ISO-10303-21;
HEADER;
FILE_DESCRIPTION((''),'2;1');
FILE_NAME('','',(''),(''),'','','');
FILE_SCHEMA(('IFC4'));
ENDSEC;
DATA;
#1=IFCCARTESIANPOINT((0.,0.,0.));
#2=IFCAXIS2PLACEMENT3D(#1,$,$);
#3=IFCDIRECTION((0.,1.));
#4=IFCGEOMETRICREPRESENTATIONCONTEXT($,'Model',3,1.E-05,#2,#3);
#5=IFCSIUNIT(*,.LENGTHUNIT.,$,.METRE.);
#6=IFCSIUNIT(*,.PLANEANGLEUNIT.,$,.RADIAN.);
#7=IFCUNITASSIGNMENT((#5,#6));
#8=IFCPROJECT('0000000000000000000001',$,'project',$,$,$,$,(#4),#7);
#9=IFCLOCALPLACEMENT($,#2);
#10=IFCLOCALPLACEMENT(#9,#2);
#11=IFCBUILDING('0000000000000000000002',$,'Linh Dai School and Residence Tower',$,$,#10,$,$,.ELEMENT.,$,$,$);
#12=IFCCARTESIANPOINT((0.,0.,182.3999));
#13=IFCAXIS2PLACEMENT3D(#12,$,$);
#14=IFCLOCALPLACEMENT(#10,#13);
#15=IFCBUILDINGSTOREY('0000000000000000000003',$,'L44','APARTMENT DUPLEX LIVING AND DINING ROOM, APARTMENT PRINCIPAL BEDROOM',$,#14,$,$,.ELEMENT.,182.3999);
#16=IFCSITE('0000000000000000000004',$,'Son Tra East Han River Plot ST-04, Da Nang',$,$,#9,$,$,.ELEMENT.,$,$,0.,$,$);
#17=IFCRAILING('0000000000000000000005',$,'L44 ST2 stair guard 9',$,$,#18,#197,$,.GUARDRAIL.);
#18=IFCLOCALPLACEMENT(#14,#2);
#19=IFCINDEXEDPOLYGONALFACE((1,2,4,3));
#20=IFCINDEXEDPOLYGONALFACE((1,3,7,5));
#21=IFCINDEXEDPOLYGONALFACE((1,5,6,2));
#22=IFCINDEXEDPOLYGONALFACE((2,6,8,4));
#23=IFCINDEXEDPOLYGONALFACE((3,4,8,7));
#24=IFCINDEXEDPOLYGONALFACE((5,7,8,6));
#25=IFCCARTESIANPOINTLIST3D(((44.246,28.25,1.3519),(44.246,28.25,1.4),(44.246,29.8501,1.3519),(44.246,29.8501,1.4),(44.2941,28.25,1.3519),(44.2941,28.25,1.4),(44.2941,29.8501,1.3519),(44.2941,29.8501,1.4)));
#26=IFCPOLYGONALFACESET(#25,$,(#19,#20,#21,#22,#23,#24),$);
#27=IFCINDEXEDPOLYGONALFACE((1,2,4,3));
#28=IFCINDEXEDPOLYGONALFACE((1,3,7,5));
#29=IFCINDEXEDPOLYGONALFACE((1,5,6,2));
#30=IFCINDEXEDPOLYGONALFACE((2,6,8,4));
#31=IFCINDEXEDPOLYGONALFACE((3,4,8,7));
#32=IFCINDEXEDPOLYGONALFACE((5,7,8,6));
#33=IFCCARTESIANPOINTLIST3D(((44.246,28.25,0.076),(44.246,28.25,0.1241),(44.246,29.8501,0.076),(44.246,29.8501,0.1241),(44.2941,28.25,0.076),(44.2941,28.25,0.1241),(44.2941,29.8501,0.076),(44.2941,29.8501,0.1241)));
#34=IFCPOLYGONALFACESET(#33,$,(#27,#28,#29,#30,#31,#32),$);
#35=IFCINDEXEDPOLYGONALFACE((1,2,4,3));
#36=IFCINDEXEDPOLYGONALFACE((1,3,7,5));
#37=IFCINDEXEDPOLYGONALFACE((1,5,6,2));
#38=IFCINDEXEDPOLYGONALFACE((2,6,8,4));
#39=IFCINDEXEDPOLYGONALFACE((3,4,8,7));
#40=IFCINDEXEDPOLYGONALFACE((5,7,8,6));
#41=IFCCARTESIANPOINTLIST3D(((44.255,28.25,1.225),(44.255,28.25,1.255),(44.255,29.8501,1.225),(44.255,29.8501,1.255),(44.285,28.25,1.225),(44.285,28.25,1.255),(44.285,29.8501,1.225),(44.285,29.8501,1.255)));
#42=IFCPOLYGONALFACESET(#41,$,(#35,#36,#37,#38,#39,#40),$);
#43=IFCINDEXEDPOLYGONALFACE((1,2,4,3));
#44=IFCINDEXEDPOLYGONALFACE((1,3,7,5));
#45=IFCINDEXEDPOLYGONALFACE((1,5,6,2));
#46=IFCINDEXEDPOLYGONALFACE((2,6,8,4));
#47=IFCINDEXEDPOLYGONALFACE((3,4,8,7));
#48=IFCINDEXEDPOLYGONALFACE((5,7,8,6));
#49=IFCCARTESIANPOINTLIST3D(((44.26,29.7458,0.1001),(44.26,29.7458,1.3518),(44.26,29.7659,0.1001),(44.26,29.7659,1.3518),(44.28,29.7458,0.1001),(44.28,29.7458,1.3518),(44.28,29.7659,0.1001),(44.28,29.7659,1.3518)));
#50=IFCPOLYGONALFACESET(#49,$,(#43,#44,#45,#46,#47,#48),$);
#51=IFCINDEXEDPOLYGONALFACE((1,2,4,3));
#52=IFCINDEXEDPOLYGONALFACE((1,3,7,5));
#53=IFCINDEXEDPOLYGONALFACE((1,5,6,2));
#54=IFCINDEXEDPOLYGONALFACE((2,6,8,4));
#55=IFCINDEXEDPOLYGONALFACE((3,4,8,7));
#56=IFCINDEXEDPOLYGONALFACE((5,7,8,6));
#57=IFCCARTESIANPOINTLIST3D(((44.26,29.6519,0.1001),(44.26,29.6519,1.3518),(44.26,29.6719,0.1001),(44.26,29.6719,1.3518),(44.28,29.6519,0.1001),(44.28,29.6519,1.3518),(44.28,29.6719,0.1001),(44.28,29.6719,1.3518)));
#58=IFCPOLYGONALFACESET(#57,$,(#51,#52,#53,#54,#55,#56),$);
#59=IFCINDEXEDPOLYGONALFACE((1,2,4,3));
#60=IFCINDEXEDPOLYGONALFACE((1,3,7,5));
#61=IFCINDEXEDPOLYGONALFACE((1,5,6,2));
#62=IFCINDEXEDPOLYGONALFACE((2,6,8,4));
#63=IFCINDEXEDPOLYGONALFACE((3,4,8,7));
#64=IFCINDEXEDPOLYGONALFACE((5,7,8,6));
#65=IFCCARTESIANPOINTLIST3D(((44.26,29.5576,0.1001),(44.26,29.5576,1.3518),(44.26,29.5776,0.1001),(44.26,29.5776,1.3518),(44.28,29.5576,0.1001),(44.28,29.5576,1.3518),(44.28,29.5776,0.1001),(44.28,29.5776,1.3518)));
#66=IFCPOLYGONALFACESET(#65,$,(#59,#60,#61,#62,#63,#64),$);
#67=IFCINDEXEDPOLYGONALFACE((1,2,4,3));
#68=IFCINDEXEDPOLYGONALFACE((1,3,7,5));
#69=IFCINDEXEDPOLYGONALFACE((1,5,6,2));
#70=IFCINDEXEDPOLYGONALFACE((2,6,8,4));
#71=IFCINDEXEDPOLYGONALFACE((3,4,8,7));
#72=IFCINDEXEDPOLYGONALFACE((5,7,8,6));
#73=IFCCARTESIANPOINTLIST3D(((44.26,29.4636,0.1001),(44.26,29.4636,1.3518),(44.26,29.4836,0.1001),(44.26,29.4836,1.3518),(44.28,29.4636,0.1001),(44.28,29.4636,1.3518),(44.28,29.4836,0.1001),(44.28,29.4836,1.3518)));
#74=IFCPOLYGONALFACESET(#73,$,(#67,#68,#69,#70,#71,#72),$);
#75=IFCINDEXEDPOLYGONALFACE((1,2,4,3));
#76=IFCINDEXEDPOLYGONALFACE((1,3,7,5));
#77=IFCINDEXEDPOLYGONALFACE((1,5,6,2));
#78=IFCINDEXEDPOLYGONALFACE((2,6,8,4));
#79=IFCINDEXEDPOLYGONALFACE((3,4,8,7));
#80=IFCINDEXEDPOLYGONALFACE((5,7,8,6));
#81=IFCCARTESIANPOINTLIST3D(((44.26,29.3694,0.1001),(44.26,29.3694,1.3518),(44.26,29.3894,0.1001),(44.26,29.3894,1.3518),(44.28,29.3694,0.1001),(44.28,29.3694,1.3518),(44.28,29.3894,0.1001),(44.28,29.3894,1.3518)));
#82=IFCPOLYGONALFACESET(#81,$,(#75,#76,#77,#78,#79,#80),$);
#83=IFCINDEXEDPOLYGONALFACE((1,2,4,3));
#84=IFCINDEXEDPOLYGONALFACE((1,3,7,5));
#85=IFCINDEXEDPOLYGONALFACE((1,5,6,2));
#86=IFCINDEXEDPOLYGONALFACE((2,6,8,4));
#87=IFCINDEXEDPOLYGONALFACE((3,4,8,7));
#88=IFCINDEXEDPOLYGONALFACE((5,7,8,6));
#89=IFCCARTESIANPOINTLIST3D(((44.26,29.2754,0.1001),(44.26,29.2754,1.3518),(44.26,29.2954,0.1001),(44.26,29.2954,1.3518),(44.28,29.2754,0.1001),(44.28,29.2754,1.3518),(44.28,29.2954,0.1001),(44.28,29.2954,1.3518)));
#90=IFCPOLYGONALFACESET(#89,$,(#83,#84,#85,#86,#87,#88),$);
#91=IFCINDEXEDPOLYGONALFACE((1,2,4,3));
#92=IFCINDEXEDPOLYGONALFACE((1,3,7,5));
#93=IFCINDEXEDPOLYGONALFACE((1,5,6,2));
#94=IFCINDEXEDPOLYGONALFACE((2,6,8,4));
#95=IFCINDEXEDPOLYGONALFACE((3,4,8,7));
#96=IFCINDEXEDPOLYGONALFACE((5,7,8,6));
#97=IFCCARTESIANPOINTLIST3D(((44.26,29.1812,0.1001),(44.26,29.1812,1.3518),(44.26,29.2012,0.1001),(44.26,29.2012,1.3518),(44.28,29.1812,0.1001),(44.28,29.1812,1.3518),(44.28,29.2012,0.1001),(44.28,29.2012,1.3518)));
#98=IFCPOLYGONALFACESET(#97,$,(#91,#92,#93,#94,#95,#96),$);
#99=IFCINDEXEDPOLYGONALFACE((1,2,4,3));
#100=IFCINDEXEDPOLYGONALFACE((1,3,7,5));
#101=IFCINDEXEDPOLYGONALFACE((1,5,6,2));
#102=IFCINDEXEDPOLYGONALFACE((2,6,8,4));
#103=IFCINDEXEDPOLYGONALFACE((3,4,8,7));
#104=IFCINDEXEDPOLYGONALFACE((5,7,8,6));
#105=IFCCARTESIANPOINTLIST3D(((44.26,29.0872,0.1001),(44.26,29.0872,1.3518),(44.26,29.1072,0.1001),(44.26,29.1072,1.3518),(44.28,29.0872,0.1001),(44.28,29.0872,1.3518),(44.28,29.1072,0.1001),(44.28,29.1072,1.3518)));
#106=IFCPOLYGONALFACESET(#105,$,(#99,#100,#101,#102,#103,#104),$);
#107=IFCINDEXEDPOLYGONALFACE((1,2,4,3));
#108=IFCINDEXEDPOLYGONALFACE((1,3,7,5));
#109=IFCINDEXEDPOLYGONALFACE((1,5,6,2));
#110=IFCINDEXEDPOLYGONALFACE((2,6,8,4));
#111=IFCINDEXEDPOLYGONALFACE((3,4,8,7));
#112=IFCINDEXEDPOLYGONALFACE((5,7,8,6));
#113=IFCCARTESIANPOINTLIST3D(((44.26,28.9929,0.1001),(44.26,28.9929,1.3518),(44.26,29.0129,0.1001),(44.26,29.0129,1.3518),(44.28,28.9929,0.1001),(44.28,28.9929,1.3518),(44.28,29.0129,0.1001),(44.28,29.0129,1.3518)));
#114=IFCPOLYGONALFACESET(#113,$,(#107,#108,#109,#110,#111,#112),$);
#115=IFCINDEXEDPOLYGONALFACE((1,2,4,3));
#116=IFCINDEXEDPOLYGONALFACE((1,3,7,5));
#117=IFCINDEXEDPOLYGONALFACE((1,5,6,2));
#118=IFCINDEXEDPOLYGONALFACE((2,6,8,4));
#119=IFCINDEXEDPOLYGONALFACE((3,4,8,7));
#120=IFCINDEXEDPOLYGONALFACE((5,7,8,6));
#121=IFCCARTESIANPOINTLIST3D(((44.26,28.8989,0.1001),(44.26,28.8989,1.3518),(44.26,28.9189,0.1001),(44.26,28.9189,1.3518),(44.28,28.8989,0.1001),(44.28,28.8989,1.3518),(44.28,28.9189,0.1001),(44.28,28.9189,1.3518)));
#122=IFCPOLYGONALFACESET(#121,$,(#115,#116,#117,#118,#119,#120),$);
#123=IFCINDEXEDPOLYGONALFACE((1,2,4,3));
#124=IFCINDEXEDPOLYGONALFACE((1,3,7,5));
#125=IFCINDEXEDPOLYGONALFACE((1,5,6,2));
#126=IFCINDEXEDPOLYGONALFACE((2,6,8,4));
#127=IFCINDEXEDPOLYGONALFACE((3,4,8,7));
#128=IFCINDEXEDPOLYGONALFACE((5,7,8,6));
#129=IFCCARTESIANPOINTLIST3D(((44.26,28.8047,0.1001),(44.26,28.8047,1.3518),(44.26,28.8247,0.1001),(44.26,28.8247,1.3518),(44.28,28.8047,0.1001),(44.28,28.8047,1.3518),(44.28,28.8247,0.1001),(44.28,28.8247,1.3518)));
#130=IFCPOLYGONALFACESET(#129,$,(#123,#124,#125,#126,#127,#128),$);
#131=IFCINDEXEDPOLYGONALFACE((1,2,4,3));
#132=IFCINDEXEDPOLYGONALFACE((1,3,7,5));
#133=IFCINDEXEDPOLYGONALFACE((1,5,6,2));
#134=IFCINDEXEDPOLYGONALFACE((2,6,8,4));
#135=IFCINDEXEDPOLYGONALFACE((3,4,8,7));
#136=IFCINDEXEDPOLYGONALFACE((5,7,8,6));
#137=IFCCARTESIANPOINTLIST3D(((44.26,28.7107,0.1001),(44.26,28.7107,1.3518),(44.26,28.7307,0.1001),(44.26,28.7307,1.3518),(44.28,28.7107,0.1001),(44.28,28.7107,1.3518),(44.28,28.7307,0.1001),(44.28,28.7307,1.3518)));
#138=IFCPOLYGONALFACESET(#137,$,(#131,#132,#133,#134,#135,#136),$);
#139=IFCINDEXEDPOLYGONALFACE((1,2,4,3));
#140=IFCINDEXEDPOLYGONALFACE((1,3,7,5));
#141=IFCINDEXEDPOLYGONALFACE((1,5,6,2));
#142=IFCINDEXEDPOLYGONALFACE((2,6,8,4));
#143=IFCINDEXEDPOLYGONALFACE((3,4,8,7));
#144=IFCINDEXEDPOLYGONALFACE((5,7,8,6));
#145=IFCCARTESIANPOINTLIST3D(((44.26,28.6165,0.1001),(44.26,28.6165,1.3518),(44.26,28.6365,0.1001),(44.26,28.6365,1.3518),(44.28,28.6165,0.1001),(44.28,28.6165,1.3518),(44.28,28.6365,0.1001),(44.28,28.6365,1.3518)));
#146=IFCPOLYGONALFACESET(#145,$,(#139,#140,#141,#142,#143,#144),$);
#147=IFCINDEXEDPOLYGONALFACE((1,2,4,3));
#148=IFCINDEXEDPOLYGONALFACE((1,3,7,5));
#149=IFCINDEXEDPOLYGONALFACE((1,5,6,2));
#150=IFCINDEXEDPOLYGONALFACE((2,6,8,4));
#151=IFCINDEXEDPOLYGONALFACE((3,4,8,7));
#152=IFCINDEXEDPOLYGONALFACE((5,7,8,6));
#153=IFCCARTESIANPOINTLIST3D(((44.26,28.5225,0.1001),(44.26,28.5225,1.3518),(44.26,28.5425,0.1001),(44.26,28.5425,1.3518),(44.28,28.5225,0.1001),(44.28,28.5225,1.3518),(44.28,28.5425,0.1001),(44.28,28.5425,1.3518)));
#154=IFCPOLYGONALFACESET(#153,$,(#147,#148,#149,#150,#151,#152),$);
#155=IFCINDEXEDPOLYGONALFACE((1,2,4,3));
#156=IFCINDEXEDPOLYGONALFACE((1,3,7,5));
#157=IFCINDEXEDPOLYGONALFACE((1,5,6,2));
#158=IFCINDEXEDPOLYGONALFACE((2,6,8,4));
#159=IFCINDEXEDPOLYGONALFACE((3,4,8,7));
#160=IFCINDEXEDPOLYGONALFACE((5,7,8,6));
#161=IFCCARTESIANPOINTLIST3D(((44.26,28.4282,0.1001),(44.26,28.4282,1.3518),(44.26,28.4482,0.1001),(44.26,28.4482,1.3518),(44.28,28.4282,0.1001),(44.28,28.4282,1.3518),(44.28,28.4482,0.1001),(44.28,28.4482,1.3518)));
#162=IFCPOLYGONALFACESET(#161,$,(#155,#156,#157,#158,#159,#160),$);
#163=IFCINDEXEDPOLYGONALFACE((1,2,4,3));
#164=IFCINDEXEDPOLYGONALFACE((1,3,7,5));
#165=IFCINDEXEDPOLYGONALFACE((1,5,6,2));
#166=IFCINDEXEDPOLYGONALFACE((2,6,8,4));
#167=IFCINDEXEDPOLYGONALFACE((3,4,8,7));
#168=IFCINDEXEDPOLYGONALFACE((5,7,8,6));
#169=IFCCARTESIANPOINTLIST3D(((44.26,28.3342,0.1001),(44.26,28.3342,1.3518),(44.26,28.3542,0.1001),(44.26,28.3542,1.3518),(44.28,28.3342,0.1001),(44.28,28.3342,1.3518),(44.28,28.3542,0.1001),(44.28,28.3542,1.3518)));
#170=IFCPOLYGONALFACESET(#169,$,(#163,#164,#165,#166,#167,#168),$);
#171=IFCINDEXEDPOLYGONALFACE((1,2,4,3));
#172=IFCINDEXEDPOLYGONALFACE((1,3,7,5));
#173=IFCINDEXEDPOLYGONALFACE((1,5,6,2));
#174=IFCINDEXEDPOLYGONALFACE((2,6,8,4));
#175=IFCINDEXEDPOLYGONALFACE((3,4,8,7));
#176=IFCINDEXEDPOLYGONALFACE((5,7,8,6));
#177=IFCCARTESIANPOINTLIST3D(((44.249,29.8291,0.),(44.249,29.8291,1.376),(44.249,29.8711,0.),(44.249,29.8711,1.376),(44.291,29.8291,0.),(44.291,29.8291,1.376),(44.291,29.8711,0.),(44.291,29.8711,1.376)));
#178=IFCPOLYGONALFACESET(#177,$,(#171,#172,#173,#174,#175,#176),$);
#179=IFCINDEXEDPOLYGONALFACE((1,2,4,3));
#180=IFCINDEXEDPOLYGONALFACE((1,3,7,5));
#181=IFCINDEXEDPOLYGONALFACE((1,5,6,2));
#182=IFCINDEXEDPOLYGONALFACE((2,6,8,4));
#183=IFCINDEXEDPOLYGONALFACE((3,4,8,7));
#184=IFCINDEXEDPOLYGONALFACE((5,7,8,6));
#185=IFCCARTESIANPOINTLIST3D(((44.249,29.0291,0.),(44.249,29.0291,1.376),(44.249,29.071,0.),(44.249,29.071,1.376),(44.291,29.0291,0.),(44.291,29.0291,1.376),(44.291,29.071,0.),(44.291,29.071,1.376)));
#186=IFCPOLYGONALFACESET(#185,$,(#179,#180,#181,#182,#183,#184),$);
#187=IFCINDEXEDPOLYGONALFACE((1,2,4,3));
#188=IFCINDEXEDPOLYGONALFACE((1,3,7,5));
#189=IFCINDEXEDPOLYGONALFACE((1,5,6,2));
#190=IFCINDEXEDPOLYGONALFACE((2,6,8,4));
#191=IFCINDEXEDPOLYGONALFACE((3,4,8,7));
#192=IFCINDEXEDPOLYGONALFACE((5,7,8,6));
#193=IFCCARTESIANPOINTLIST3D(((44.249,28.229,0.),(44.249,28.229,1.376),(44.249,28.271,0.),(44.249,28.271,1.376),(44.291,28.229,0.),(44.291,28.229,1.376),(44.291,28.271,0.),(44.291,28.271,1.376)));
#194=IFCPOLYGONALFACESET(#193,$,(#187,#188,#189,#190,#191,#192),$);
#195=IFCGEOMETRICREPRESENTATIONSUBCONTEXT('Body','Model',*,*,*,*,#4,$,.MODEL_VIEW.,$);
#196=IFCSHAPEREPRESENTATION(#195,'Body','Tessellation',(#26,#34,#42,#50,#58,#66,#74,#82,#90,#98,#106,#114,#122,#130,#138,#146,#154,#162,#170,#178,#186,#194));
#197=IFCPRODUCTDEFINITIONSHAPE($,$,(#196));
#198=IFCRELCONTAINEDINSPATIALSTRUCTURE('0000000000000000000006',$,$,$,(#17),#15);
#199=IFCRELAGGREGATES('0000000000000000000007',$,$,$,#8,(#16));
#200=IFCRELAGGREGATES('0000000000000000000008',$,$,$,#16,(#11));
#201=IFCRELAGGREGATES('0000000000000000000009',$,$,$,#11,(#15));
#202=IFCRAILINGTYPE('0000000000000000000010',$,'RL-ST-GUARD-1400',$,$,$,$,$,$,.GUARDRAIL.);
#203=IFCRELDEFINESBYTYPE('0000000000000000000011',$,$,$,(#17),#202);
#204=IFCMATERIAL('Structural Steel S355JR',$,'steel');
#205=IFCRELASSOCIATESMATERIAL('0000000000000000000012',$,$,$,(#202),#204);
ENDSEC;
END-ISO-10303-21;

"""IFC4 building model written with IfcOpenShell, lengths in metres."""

from ifc_helpers import new_model, si_unit, direction, frame, origin, origin_2d, place, context, subcontext, project, spatial, rectangle, extrude, source, transform, mapped, material, type_object, element, save


model = new_model("IFC4")

# Units and contexts
model_context = context("Model", 3, precision=1e-05, world=origin(), true_north=direction((0.0, 1.0)))
body_context = subcontext(model_context, "Body", "Model", "MODEL_VIEW")
ifc_project = project(units=[si_unit("LENGTHUNIT", "METRE"), si_unit("PLANEANGLEUNIT", "RADIAN")], contexts=[model_context])

# Site, building, storey
site_placement = place(None, origin())
site = spatial("IfcSite", under=ifc_project, at=site_placement, Name="Son Tra East Han River Plot ST-04, Da Nang", CompositionType="ELEMENT", RefElevation=0.0)
building_placement = place(site_placement, origin())
building = spatial("IfcBuilding", under=site, at=building_placement, Name="Linh Dai School and Residence Tower", CompositionType="ELEMENT")
storey_placement = place(building_placement, frame((0.0, 0.0, 182.3999)))
storey = spatial("IfcBuildingStorey", under=building, at=storey_placement, Name="L44", Description="APARTMENT DUPLEX LIVING AND DINING ROOM, APARTMENT PRINCIPAL BEDROOM", CompositionType="ELEMENT", Elevation=182.3999)

# Shared definitions
ifc_material_1 = material(Name="Structural Steel S355JR", Category="steel")

# Railing
railing_type_1 = type_object("IfcRailingType", Name="RL-ST-GUARD-1400", PredefinedType="GUARDRAIL", material=ifc_material_1)
shared_shape_1 = source(origin(), body_context, "Body", "SweptSolid", [
    extrude(rectangle(XDim=0.0481, YDim=0.0481, at=origin_2d()), frame((0.0, 0.0, 1.376), z_axis=(0.0, -1.0, 0.0), x_axis=(1.0, 0.0, 0.0)), (0.0, 0.0, 1.0), 1.6001),
    extrude(rectangle(XDim=0.0481, YDim=0.0481, at=origin_2d()), frame((0.0, 0.0, 0.1001), z_axis=(0.0, -1.0, 0.0), x_axis=(1.0, 0.0, 0.0)), (0.0, 0.0, 1.0), 1.6001),
    extrude(rectangle(XDim=0.03, YDim=0.03, at=origin_2d()), frame((0.0, 0.0, 1.24), z_axis=(0.0, -1.0, 0.0), x_axis=(1.0, 0.0, 0.0)), (0.0, 0.0, 1.0), 1.6001),
    extrude(rectangle(XDim=0.02, YDim=0.02, at=origin_2d()), frame((0.0, -0.0942, 0.1001)), (0.0, 0.0, 1.0), 1.2517),
    extrude(rectangle(XDim=0.02, YDim=0.02, at=origin_2d()), frame((0.0, -0.1882, 0.1001)), (0.0, 0.0, 1.0), 1.2517),
    extrude(rectangle(XDim=0.02, YDim=0.02, at=origin_2d()), frame((0.0, -0.2825, 0.1001)), (0.0, 0.0, 1.0), 1.2517),
    extrude(rectangle(XDim=0.02, YDim=0.02, at=origin_2d()), frame((0.0, -0.3765, 0.1001)), (0.0, 0.0, 1.0), 1.2517),
    extrude(rectangle(XDim=0.02, YDim=0.02, at=origin_2d()), frame((0.0, -0.4707, 0.1001)), (0.0, 0.0, 1.0), 1.2517),
    extrude(rectangle(XDim=0.02, YDim=0.02, at=origin_2d()), frame((0.0, -0.5647, 0.1001)), (0.0, 0.0, 1.0), 1.2517),
    extrude(rectangle(XDim=0.02, YDim=0.02, at=origin_2d()), frame((0.0, -0.6589, 0.1001)), (0.0, 0.0, 1.0), 1.2517),
    extrude(rectangle(XDim=0.02, YDim=0.02, at=origin_2d()), frame((0.0, -0.7529, 0.1001)), (0.0, 0.0, 1.0), 1.2517),
    extrude(rectangle(XDim=0.02, YDim=0.02, at=origin_2d()), frame((0.0, -0.8472, 0.1001)), (0.0, 0.0, 1.0), 1.2517),
    extrude(rectangle(XDim=0.02, YDim=0.02, at=origin_2d()), frame((0.0, -0.9412, 0.1001)), (0.0, 0.0, 1.0), 1.2517),
    extrude(rectangle(XDim=0.02, YDim=0.02, at=origin_2d()), frame((0.0, -1.0354, 0.1001)), (0.0, 0.0, 1.0), 1.2517),
    extrude(rectangle(XDim=0.02, YDim=0.02, at=origin_2d()), frame((0.0, -1.1294, 0.1001)), (0.0, 0.0, 1.0), 1.2517),
    extrude(rectangle(XDim=0.02, YDim=0.02, at=origin_2d()), frame((0.0, -1.2236, 0.1001)), (0.0, 0.0, 1.0), 1.2517),
    extrude(rectangle(XDim=0.02, YDim=0.02, at=origin_2d()), frame((0.0, -1.3176, 0.1001)), (0.0, 0.0, 1.0), 1.2517),
    extrude(rectangle(XDim=0.02, YDim=0.02, at=origin_2d()), frame((0.0, -1.4119, 0.1001)), (0.0, 0.0, 1.0), 1.2517),
    extrude(rectangle(XDim=0.02, YDim=0.02, at=origin_2d()), frame((0.0, -1.5059, 0.1001)), (0.0, 0.0, 1.0), 1.2517),
    extrude(rectangle(XDim=0.042, YDim=0.042, at=origin_2d()), origin(), (0.0, 0.0, 1.0), 1.376),
    extrude(rectangle(XDim=0.042, YDim=0.042, at=origin_2d()), frame((0.0, -0.8, 0.0)), (0.0, 0.0, 1.0), 1.376),
    extrude(rectangle(XDim=0.042, YDim=0.042, at=origin_2d()), frame((0.0, -1.6001, 0.0)), (0.0, 0.0, 1.0), 1.376),
])
for number, where, name in (
    (1, (44.27, 29.8501, 0.0), "L44 ST2 stair guard 9"),
):
    element("IfcRailing", number, at=place(storey_placement, frame(where)), inside=storey, type_object=railing_type_1, Name=name, PredefinedType="GUARDRAIL", context=body_context, shape_type="MappedRepresentation", body=[
        mapped(shared_shape_1, transform((0.0, 0.0, 0.0), x_axis=(1.0, 0.0, 0.0), y_axis=(0.0, 1.0, 0.0), z_axis=(0.0, 0.0, 1.0), scale=1.0)),
    ])

save(model, "model.ifc")
